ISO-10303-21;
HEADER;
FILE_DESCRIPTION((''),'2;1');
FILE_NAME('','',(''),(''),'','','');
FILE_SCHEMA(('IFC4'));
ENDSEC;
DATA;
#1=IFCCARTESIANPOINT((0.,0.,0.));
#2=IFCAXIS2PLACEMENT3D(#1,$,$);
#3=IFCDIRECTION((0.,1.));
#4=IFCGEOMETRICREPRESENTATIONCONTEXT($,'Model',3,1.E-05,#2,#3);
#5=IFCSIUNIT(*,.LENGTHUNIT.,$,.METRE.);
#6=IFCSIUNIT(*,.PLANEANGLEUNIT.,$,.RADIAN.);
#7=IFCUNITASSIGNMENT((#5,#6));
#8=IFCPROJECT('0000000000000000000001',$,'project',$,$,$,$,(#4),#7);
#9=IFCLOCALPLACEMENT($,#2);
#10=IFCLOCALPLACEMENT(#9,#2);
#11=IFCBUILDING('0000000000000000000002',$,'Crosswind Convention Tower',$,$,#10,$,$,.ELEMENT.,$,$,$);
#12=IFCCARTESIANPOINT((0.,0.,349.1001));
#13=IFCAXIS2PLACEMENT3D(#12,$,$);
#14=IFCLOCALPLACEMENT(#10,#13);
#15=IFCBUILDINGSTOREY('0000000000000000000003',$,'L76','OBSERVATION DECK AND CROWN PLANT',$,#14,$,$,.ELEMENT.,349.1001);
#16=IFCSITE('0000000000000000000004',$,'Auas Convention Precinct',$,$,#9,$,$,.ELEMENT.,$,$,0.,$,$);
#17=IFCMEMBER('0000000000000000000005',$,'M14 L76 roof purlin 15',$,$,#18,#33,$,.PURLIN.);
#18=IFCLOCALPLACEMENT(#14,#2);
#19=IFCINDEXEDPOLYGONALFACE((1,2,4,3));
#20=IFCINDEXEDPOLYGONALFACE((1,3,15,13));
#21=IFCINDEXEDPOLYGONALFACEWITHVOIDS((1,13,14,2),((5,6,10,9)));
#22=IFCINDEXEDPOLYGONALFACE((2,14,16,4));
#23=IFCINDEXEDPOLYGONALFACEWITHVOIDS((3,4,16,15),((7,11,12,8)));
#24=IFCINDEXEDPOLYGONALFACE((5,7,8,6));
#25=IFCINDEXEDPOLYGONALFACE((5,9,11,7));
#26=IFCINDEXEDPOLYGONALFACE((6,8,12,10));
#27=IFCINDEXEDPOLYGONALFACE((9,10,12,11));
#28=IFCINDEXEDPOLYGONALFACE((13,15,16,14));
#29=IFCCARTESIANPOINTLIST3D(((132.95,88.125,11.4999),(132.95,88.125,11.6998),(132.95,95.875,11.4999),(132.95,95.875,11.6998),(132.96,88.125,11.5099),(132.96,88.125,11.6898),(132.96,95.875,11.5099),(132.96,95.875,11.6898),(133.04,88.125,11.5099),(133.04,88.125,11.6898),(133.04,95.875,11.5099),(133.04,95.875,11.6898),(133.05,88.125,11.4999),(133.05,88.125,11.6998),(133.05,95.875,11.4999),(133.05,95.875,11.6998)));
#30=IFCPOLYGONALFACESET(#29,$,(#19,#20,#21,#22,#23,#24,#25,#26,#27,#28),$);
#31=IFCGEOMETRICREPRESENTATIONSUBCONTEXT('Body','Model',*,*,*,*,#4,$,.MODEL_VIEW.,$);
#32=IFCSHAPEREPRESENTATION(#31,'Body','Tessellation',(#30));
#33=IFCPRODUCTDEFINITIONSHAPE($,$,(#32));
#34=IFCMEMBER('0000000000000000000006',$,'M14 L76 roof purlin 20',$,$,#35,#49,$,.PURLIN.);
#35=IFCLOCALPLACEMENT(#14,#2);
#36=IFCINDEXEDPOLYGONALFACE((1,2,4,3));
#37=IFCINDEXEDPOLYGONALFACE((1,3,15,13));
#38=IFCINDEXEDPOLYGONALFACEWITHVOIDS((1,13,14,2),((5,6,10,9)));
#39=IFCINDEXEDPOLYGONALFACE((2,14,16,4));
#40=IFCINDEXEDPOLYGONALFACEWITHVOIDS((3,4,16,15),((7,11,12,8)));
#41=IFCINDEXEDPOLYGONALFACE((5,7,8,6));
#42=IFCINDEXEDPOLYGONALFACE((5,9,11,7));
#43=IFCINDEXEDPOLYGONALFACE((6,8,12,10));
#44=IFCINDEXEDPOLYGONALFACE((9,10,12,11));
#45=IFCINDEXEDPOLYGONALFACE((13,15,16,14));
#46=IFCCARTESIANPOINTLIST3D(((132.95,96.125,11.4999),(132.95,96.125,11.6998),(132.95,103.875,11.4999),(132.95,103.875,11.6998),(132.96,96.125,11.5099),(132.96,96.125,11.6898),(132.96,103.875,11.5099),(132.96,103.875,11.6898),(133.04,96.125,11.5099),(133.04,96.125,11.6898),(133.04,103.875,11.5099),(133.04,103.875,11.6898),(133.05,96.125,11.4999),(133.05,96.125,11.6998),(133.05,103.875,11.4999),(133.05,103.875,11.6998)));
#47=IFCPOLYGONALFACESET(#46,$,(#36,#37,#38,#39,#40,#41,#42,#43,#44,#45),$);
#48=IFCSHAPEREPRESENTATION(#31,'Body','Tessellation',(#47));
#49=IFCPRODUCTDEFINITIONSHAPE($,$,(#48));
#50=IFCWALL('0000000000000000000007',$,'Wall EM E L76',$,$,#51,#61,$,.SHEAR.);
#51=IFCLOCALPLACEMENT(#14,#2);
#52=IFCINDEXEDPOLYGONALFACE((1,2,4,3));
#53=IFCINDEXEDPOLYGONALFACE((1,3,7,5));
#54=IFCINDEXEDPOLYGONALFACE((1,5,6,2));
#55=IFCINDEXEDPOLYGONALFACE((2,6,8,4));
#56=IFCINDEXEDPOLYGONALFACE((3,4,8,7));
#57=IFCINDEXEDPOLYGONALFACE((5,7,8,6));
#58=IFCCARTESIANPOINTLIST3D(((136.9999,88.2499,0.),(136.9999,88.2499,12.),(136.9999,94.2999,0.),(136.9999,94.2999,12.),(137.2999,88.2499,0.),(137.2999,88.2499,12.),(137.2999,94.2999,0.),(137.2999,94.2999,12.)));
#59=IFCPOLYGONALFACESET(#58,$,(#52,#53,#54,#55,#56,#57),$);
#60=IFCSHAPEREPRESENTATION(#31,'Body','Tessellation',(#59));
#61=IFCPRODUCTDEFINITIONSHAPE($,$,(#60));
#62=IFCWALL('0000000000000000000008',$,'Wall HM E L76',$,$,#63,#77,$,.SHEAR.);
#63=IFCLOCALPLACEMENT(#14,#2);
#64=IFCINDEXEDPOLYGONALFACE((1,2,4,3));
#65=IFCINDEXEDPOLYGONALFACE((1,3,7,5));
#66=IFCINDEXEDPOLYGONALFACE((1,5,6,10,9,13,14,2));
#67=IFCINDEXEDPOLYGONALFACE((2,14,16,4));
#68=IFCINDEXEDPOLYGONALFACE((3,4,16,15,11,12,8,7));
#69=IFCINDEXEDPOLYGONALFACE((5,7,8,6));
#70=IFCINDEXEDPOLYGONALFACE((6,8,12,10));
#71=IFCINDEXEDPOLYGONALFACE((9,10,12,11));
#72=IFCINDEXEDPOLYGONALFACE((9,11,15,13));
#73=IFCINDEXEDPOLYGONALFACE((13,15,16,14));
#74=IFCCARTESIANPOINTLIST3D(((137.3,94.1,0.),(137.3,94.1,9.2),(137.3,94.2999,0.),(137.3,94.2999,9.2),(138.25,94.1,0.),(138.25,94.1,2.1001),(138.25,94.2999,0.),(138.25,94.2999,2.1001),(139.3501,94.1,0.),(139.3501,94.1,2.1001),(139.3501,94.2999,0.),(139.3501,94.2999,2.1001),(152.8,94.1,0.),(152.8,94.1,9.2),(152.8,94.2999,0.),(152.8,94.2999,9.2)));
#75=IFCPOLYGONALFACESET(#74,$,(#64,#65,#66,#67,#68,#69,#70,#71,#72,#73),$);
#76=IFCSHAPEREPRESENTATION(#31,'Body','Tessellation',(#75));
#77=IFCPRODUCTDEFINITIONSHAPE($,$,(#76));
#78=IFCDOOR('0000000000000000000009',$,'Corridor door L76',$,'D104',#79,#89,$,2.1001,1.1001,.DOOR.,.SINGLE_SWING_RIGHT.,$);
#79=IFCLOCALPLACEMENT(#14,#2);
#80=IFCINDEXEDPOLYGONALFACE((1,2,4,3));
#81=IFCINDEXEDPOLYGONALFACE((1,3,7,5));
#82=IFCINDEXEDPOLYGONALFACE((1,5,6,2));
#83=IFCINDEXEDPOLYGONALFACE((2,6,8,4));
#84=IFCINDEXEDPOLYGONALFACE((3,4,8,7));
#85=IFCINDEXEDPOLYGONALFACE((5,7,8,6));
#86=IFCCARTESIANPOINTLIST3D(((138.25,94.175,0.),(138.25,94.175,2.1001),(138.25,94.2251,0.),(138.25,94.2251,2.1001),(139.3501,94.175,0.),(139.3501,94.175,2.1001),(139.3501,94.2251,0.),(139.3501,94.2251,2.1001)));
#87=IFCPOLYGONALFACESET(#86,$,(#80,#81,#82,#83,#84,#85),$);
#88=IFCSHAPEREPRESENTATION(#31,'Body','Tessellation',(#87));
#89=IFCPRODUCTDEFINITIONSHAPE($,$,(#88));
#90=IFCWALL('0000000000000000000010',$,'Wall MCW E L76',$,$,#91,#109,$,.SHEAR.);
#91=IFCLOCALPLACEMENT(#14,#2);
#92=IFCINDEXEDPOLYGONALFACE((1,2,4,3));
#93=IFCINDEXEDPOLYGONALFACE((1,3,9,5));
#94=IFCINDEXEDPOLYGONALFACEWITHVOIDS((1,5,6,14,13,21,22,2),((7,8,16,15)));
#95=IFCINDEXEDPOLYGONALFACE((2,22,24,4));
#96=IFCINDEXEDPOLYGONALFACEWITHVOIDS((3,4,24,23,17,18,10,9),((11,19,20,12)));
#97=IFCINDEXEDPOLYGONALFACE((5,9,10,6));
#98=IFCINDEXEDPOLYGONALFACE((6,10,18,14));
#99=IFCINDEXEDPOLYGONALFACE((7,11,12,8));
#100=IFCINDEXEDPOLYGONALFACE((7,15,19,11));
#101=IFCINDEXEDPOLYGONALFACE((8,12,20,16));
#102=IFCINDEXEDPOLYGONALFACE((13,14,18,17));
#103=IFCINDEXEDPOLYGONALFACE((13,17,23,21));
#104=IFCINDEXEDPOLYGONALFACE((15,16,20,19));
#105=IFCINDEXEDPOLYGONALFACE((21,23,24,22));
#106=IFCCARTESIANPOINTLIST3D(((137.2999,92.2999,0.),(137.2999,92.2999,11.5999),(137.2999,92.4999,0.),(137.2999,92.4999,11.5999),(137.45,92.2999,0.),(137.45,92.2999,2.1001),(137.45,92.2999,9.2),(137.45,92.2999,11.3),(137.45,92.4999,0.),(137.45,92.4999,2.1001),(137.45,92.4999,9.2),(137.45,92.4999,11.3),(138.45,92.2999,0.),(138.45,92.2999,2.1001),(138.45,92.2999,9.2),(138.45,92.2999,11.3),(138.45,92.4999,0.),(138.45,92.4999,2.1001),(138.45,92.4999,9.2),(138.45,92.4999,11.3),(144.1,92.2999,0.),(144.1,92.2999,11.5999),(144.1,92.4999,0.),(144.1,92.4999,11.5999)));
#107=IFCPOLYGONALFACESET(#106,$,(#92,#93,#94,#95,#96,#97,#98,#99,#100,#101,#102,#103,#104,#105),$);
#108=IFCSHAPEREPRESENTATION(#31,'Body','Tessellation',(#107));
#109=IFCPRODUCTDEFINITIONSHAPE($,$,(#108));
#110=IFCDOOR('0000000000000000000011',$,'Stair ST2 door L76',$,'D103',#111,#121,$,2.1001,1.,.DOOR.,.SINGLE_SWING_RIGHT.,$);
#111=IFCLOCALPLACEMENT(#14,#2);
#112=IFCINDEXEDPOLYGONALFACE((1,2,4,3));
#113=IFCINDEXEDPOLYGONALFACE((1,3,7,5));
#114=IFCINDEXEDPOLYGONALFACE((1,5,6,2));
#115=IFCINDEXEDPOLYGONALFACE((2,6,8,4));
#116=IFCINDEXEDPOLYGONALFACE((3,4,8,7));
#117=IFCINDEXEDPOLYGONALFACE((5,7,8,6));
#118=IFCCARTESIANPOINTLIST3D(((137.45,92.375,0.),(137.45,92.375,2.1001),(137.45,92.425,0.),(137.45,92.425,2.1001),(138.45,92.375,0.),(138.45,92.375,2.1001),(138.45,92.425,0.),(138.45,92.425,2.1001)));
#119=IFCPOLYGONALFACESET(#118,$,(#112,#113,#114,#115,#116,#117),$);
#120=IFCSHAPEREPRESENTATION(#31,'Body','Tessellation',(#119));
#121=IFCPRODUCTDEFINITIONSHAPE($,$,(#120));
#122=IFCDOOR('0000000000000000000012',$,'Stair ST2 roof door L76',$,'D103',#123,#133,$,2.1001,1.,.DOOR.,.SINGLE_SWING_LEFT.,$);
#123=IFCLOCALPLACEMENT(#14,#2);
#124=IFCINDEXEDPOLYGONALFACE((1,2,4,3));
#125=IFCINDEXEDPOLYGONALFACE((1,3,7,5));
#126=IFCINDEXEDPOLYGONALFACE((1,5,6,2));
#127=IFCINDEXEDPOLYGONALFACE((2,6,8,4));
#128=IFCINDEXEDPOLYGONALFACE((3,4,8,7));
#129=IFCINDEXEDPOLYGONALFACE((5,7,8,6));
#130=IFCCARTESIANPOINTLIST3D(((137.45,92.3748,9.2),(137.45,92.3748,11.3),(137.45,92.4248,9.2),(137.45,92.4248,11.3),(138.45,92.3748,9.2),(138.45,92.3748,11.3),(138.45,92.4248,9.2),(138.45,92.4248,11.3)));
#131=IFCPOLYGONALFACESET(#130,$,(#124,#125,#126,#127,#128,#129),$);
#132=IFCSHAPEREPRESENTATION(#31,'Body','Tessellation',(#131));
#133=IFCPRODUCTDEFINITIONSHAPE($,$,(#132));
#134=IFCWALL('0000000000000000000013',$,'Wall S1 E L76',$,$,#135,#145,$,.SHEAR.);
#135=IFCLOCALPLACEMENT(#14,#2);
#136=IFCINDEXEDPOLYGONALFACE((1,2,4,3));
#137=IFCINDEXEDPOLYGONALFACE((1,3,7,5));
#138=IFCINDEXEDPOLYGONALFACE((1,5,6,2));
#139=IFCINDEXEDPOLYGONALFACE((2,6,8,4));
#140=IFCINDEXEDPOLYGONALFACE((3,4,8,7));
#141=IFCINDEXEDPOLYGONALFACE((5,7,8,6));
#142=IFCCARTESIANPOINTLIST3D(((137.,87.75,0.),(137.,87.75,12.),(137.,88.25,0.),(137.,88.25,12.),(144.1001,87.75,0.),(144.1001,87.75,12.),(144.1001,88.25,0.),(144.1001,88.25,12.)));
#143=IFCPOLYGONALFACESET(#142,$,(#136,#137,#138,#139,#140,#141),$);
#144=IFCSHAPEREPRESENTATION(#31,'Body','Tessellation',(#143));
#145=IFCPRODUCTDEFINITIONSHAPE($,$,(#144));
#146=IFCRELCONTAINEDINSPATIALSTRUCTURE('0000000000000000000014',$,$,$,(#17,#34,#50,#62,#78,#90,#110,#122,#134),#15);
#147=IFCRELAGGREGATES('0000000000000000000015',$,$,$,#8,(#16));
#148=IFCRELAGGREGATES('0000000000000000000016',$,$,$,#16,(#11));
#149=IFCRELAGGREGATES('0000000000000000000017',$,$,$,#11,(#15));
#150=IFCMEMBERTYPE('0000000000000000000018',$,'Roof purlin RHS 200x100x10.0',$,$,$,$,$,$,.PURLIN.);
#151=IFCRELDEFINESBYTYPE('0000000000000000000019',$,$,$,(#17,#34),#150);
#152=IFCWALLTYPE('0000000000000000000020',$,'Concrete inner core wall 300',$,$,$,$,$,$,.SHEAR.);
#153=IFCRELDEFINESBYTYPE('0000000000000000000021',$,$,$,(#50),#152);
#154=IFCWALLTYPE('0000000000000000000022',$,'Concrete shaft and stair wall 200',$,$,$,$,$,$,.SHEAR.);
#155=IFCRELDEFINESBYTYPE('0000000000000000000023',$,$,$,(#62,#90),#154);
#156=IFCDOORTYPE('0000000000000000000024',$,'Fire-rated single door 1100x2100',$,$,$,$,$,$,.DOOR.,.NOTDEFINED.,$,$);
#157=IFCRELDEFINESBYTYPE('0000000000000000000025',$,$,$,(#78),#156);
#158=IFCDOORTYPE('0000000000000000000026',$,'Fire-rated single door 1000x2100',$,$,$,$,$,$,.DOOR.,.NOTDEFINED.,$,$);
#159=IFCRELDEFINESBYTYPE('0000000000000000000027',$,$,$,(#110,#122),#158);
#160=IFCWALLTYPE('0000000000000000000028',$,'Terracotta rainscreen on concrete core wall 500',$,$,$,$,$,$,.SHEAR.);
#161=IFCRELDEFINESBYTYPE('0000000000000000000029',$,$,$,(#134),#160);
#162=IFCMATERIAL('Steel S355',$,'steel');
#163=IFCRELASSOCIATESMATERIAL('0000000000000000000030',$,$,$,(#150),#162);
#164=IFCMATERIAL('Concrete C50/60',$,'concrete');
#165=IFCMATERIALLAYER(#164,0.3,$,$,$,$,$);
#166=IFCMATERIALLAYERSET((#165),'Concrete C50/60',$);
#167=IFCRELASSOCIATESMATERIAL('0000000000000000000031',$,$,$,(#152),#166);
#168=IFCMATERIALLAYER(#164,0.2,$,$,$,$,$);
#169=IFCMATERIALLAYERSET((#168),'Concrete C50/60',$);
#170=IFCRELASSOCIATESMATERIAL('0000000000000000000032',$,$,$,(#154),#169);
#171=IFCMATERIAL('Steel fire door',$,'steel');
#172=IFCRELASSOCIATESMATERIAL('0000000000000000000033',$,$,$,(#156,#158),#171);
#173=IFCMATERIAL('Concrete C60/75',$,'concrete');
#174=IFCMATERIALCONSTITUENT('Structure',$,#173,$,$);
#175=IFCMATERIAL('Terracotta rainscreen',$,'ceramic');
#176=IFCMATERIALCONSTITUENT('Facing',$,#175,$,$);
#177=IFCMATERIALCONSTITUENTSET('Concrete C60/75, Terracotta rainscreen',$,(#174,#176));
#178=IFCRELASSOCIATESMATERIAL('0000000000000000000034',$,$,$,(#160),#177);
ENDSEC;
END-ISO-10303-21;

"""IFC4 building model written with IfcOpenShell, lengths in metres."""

from ifc_helpers import new_model, si_unit, direction, frame, frame_2d, origin, origin_2d, place, context, subcontext, project, spatial, rectangle, hollow_rectangle, extrude, material, layer, layer_set, constituent, constituent_set, material_profile, profile_set, type_object, element, fill, save


model = new_model("IFC4")

# Units and contexts
model_context = context("Model", 3, precision=1e-05, world=origin(), true_north=direction((0.0, 1.0)))
body_context = subcontext(model_context, "Body", "Model", "MODEL_VIEW")
ifc_project = project(units=[si_unit("LENGTHUNIT", "METRE"), si_unit("PLANEANGLEUNIT", "RADIAN")], contexts=[model_context])

# Site, building, storey
site_placement = place(None, origin())
site = spatial("IfcSite", under=ifc_project, at=site_placement, Name="Auas Convention Precinct", CompositionType="ELEMENT", RefElevation=0.0)
building_placement = place(site_placement, origin())
building = spatial("IfcBuilding", under=site, at=building_placement, Name="Crosswind Convention Tower", CompositionType="ELEMENT")
storey_placement = place(building_placement, frame((0.0, 0.0, 349.1001)))
storey = spatial("IfcBuildingStorey", under=building, at=storey_placement, Name="L76", Description="OBSERVATION DECK AND CROWN PLANT", CompositionType="ELEMENT", Elevation=349.1001)

# Members
ifc_material_1 = material(Name="Steel S355", Category="steel")
ifc_material_profile = material_profile(ifc_material_1, hollow_rectangle(XDim=0.1001, YDim=0.2, WallThickness=0.01, at=origin_2d()), Name="RHS 200x100x10.0")
ifc_profile_set = profile_set([ifc_material_profile], Name="Steel S355")
member_type = type_object("IfcMemberType", Name="Roof purlin RHS 200x100x10.0", PredefinedType="PURLIN", material=ifc_profile_set)
for number, where, z_axis, x_axis, name in (
    (1, (133.0, 88.125, 11.5999), (0.0, 1.0, 0.0), (-1.0, 0.0, 0.0), "M14 L76 roof purlin 15"),
    (2, (133.0, 96.125, 11.5999), (0.0, 1.0, 0.0), (-1.0, 0.0, 0.0), "M14 L76 roof purlin 20"),
):
    element("IfcMember", number, at=place(storey_placement, frame(where, z_axis=z_axis, x_axis=x_axis)), inside=storey, type_object=member_type, Name=name, PredefinedType="PURLIN", context=body_context, shape_type="SweptSolid", body=[
        extrude(hollow_rectangle(XDim=0.1001, YDim=0.2, WallThickness=0.01, at=origin_2d()), origin(), (0.0, 0.0, 1.0), 7.75),
    ])

# Shared definitions
ifc_material_2 = material(Name="Concrete C50/60", Category="concrete")
ifc_layer_1 = layer(ifc_material_2, 0.3)
ifc_layer_set_1 = layer_set([ifc_layer_1], Name="Concrete C50/60")
wall_type_1 = type_object("IfcWallType", Name="Concrete inner core wall 300", PredefinedType="SHEAR", material=ifc_layer_set_1)

# Wall
wall_1_placement = place(storey_placement, frame((137.1499, 88.25, 0.0), z_axis=(0.0, 0.0, 1.0), x_axis=(0.0, 1.0, 0.0)))
element("IfcWall", 3, at=wall_1_placement, inside=storey, type_object=wall_type_1, Name="Wall EM E L76", PredefinedType="SHEAR", context=body_context, shape_type="SweptSolid", body=[
    extrude(rectangle(XDim=6.05, YDim=0.3, at=frame_2d((3.0249, 0.0))), origin(), (0.0, 0.0, 1.0), 12.0),
])

# Wall, opening, door
ifc_layer_2 = layer(ifc_material_2, 0.2)
ifc_layer_set_2 = layer_set([ifc_layer_2], Name="Concrete C50/60")
wall_type_2 = type_object("IfcWallType", Name="Concrete shaft and stair wall 200", PredefinedType="SHEAR", material=ifc_layer_set_2)
wall_2_placement = place(storey_placement, frame((137.3, 94.2, 0.0), z_axis=(0.0, 0.0, 1.0), x_axis=(1.0, 0.0, 0.0)))
wall_2 = element("IfcWall", 4, at=wall_2_placement, inside=storey, type_object=wall_type_2, Name="Wall HM E L76", PredefinedType="SHEAR", context=body_context, shape_type="SweptSolid", body=[
    extrude(rectangle(XDim=15.5, YDim=0.2, at=frame_2d((7.75, 0.0))), origin(), (0.0, 0.0, 1.0), 9.2),
])
opening_1_placement = place(wall_2_placement, frame((0.95, 0.0, 0.0)))
opening_1 = element("IfcOpeningElement", 5, at=opening_1_placement, cuts=wall_2, PredefinedType="OPENING", context=body_context, shape_type="SweptSolid", body=[
    extrude(rectangle(XDim=1.1001, YDim=2.1001, at=frame_2d((0.55, 1.05))), frame((0.0, 0.1099, 0.0), z_axis=(0.0, -1.0, 0.0), x_axis=(1.0, 0.0, 0.0)), (0.0, 0.0, 1.0), 0.22),
])
ifc_material_3 = material(Name="Steel fire door", Category="steel")
door_type_1 = type_object("IfcDoorType", Name="Fire-rated single door 1100x2100", OperationType="NOTDEFINED", PredefinedType="DOOR", material=ifc_material_3)
door_1_placement = place(opening_1_placement, frame((1.1001, 0.0, 0.0), z_axis=(0.0, 0.0, 1.0), x_axis=(-1.0, 0.0, 0.0)))
door_1 = element("IfcDoor", 6, at=door_1_placement, inside=storey, type_object=door_type_1, Name="Corridor door L76", ObjectType="D104", OperationType="SINGLE_SWING_RIGHT", OverallHeight=2.1001, OverallWidth=1.1001, PredefinedType="DOOR", context=body_context, shape_type="SweptSolid", body=[
    extrude(rectangle(XDim=1.1001, YDim=2.1001, at=frame_2d((0.55, 1.05))), frame((0.0, 0.0249, 0.0), z_axis=(0.0, -1.0, 0.0), x_axis=(1.0, 0.0, 0.0)), (0.0, 0.0, 1.0), 0.05),
])
fill(opening_1, door_1)

# Wall, openings, doors
wall_3_placement = place(storey_placement, frame((137.3, 92.3999, 0.0), z_axis=(0.0, 0.0, 1.0), x_axis=(1.0, 0.0, 0.0)))
wall_3 = element("IfcWall", 7, at=wall_3_placement, inside=storey, type_object=wall_type_2, Name="Wall MCW E L76", PredefinedType="SHEAR", context=body_context, shape_type="SweptSolid", body=[
    extrude(rectangle(XDim=6.8, YDim=0.2, at=frame_2d((3.3999, 0.0))), origin(), (0.0, 0.0, 1.0), 11.5999),
])
opening_2_placement = place(wall_3_placement, frame((0.1499, 0.0, 0.0)))
opening_2 = element("IfcOpeningElement", 8, at=opening_2_placement, cuts=wall_3, PredefinedType="OPENING", context=body_context, shape_type="SweptSolid", body=[
    extrude(rectangle(XDim=1.0, YDim=2.1001, at=frame_2d((0.5, 1.05))), frame((0.0, 0.1099, 0.0), z_axis=(0.0, -1.0, 0.0), x_axis=(1.0, 0.0, 0.0)), (0.0, 0.0, 1.0), 0.22),
])
opening_3_placement = place(wall_3_placement, frame((0.1499, 0.0, 9.2)))
opening_3 = element("IfcOpeningElement", 9, at=opening_3_placement, cuts=wall_3, PredefinedType="OPENING", context=body_context, shape_type="SweptSolid", body=[
    extrude(rectangle(XDim=1.0, YDim=2.1001, at=frame_2d((0.5, 1.05))), frame((0.0, 0.1099, 0.0), z_axis=(0.0, -1.0, 0.0), x_axis=(1.0, 0.0, 0.0)), (0.0, 0.0, 1.0), 0.22),
])
door_type_2 = type_object("IfcDoorType", Name="Fire-rated single door 1000x2100", OperationType="NOTDEFINED", PredefinedType="DOOR", material=ifc_material_3)
door_2_placement = place(opening_2_placement, frame((1.0, 0.0, 0.0), z_axis=(0.0, 0.0, 1.0), x_axis=(-1.0, 0.0, 0.0)))
door_2 = element("IfcDoor", 10, at=door_2_placement, inside=storey, type_object=door_type_2, Name="Stair ST2 door L76", ObjectType="D103", OperationType="SINGLE_SWING_RIGHT", OverallHeight=2.1001, OverallWidth=1.0, PredefinedType="DOOR", context=body_context, shape_type="SweptSolid", body=[
    extrude(rectangle(XDim=1.0, YDim=2.1001, at=frame_2d((0.5, 1.05))), frame((0.0, 0.0249, 0.0), z_axis=(0.0, -1.0, 0.0), x_axis=(1.0, 0.0, 0.0)), (0.0, 0.0, 1.0), 0.05),
])
fill(opening_2, door_2)
door_3_placement = place(opening_3_placement, origin())
door_3 = element("IfcDoor", 11, at=door_3_placement, inside=storey, type_object=door_type_2, Name="Stair ST2 roof door L76", ObjectType="D103", OperationType="SINGLE_SWING_LEFT", OverallHeight=2.1001, OverallWidth=1.0, PredefinedType="DOOR", context=body_context, shape_type="SweptSolid", body=[
    extrude(rectangle(XDim=1.0, YDim=2.1001, at=frame_2d((0.5, 1.05))), frame((0.0, 0.0249, 0.0), z_axis=(0.0, -1.0, 0.0), x_axis=(1.0, 0.0, 0.0)), (0.0, 0.0, 1.0), 0.05),
])
fill(opening_3, door_3)

# Wall
ifc_material_4 = material(Name="Concrete C60/75", Category="concrete")
ifc_constituent_1 = constituent(ifc_material_4, Name="Structure")
ifc_material_5 = material(Name="Terracotta rainscreen", Category="ceramic")
ifc_constituent_2 = constituent(ifc_material_5, Name="Facing")
ifc_constituent_set = constituent_set(constituents=[ifc_constituent_1, ifc_constituent_2], Name="Concrete C60/75, Terracotta rainscreen")
wall_type_3 = type_object("IfcWallType", Name="Terracotta rainscreen on concrete core wall 500", PredefinedType="SHEAR", material=ifc_constituent_set)
wall_4_placement = place(storey_placement, frame((137.0, 88.0, 0.0), z_axis=(0.0, 0.0, 1.0), x_axis=(1.0, 0.0, 0.0)))
element("IfcWall", 12, at=wall_4_placement, inside=storey, type_object=wall_type_3, Name="Wall S1 E L76", PredefinedType="SHEAR", context=body_context, shape_type="SweptSolid", body=[
    extrude(rectangle(XDim=7.1001, YDim=0.5, at=frame_2d((3.55, 0.0))), origin(), (0.0, 0.0, 1.0), 12.0),
])

save(model, "model.ifc")
